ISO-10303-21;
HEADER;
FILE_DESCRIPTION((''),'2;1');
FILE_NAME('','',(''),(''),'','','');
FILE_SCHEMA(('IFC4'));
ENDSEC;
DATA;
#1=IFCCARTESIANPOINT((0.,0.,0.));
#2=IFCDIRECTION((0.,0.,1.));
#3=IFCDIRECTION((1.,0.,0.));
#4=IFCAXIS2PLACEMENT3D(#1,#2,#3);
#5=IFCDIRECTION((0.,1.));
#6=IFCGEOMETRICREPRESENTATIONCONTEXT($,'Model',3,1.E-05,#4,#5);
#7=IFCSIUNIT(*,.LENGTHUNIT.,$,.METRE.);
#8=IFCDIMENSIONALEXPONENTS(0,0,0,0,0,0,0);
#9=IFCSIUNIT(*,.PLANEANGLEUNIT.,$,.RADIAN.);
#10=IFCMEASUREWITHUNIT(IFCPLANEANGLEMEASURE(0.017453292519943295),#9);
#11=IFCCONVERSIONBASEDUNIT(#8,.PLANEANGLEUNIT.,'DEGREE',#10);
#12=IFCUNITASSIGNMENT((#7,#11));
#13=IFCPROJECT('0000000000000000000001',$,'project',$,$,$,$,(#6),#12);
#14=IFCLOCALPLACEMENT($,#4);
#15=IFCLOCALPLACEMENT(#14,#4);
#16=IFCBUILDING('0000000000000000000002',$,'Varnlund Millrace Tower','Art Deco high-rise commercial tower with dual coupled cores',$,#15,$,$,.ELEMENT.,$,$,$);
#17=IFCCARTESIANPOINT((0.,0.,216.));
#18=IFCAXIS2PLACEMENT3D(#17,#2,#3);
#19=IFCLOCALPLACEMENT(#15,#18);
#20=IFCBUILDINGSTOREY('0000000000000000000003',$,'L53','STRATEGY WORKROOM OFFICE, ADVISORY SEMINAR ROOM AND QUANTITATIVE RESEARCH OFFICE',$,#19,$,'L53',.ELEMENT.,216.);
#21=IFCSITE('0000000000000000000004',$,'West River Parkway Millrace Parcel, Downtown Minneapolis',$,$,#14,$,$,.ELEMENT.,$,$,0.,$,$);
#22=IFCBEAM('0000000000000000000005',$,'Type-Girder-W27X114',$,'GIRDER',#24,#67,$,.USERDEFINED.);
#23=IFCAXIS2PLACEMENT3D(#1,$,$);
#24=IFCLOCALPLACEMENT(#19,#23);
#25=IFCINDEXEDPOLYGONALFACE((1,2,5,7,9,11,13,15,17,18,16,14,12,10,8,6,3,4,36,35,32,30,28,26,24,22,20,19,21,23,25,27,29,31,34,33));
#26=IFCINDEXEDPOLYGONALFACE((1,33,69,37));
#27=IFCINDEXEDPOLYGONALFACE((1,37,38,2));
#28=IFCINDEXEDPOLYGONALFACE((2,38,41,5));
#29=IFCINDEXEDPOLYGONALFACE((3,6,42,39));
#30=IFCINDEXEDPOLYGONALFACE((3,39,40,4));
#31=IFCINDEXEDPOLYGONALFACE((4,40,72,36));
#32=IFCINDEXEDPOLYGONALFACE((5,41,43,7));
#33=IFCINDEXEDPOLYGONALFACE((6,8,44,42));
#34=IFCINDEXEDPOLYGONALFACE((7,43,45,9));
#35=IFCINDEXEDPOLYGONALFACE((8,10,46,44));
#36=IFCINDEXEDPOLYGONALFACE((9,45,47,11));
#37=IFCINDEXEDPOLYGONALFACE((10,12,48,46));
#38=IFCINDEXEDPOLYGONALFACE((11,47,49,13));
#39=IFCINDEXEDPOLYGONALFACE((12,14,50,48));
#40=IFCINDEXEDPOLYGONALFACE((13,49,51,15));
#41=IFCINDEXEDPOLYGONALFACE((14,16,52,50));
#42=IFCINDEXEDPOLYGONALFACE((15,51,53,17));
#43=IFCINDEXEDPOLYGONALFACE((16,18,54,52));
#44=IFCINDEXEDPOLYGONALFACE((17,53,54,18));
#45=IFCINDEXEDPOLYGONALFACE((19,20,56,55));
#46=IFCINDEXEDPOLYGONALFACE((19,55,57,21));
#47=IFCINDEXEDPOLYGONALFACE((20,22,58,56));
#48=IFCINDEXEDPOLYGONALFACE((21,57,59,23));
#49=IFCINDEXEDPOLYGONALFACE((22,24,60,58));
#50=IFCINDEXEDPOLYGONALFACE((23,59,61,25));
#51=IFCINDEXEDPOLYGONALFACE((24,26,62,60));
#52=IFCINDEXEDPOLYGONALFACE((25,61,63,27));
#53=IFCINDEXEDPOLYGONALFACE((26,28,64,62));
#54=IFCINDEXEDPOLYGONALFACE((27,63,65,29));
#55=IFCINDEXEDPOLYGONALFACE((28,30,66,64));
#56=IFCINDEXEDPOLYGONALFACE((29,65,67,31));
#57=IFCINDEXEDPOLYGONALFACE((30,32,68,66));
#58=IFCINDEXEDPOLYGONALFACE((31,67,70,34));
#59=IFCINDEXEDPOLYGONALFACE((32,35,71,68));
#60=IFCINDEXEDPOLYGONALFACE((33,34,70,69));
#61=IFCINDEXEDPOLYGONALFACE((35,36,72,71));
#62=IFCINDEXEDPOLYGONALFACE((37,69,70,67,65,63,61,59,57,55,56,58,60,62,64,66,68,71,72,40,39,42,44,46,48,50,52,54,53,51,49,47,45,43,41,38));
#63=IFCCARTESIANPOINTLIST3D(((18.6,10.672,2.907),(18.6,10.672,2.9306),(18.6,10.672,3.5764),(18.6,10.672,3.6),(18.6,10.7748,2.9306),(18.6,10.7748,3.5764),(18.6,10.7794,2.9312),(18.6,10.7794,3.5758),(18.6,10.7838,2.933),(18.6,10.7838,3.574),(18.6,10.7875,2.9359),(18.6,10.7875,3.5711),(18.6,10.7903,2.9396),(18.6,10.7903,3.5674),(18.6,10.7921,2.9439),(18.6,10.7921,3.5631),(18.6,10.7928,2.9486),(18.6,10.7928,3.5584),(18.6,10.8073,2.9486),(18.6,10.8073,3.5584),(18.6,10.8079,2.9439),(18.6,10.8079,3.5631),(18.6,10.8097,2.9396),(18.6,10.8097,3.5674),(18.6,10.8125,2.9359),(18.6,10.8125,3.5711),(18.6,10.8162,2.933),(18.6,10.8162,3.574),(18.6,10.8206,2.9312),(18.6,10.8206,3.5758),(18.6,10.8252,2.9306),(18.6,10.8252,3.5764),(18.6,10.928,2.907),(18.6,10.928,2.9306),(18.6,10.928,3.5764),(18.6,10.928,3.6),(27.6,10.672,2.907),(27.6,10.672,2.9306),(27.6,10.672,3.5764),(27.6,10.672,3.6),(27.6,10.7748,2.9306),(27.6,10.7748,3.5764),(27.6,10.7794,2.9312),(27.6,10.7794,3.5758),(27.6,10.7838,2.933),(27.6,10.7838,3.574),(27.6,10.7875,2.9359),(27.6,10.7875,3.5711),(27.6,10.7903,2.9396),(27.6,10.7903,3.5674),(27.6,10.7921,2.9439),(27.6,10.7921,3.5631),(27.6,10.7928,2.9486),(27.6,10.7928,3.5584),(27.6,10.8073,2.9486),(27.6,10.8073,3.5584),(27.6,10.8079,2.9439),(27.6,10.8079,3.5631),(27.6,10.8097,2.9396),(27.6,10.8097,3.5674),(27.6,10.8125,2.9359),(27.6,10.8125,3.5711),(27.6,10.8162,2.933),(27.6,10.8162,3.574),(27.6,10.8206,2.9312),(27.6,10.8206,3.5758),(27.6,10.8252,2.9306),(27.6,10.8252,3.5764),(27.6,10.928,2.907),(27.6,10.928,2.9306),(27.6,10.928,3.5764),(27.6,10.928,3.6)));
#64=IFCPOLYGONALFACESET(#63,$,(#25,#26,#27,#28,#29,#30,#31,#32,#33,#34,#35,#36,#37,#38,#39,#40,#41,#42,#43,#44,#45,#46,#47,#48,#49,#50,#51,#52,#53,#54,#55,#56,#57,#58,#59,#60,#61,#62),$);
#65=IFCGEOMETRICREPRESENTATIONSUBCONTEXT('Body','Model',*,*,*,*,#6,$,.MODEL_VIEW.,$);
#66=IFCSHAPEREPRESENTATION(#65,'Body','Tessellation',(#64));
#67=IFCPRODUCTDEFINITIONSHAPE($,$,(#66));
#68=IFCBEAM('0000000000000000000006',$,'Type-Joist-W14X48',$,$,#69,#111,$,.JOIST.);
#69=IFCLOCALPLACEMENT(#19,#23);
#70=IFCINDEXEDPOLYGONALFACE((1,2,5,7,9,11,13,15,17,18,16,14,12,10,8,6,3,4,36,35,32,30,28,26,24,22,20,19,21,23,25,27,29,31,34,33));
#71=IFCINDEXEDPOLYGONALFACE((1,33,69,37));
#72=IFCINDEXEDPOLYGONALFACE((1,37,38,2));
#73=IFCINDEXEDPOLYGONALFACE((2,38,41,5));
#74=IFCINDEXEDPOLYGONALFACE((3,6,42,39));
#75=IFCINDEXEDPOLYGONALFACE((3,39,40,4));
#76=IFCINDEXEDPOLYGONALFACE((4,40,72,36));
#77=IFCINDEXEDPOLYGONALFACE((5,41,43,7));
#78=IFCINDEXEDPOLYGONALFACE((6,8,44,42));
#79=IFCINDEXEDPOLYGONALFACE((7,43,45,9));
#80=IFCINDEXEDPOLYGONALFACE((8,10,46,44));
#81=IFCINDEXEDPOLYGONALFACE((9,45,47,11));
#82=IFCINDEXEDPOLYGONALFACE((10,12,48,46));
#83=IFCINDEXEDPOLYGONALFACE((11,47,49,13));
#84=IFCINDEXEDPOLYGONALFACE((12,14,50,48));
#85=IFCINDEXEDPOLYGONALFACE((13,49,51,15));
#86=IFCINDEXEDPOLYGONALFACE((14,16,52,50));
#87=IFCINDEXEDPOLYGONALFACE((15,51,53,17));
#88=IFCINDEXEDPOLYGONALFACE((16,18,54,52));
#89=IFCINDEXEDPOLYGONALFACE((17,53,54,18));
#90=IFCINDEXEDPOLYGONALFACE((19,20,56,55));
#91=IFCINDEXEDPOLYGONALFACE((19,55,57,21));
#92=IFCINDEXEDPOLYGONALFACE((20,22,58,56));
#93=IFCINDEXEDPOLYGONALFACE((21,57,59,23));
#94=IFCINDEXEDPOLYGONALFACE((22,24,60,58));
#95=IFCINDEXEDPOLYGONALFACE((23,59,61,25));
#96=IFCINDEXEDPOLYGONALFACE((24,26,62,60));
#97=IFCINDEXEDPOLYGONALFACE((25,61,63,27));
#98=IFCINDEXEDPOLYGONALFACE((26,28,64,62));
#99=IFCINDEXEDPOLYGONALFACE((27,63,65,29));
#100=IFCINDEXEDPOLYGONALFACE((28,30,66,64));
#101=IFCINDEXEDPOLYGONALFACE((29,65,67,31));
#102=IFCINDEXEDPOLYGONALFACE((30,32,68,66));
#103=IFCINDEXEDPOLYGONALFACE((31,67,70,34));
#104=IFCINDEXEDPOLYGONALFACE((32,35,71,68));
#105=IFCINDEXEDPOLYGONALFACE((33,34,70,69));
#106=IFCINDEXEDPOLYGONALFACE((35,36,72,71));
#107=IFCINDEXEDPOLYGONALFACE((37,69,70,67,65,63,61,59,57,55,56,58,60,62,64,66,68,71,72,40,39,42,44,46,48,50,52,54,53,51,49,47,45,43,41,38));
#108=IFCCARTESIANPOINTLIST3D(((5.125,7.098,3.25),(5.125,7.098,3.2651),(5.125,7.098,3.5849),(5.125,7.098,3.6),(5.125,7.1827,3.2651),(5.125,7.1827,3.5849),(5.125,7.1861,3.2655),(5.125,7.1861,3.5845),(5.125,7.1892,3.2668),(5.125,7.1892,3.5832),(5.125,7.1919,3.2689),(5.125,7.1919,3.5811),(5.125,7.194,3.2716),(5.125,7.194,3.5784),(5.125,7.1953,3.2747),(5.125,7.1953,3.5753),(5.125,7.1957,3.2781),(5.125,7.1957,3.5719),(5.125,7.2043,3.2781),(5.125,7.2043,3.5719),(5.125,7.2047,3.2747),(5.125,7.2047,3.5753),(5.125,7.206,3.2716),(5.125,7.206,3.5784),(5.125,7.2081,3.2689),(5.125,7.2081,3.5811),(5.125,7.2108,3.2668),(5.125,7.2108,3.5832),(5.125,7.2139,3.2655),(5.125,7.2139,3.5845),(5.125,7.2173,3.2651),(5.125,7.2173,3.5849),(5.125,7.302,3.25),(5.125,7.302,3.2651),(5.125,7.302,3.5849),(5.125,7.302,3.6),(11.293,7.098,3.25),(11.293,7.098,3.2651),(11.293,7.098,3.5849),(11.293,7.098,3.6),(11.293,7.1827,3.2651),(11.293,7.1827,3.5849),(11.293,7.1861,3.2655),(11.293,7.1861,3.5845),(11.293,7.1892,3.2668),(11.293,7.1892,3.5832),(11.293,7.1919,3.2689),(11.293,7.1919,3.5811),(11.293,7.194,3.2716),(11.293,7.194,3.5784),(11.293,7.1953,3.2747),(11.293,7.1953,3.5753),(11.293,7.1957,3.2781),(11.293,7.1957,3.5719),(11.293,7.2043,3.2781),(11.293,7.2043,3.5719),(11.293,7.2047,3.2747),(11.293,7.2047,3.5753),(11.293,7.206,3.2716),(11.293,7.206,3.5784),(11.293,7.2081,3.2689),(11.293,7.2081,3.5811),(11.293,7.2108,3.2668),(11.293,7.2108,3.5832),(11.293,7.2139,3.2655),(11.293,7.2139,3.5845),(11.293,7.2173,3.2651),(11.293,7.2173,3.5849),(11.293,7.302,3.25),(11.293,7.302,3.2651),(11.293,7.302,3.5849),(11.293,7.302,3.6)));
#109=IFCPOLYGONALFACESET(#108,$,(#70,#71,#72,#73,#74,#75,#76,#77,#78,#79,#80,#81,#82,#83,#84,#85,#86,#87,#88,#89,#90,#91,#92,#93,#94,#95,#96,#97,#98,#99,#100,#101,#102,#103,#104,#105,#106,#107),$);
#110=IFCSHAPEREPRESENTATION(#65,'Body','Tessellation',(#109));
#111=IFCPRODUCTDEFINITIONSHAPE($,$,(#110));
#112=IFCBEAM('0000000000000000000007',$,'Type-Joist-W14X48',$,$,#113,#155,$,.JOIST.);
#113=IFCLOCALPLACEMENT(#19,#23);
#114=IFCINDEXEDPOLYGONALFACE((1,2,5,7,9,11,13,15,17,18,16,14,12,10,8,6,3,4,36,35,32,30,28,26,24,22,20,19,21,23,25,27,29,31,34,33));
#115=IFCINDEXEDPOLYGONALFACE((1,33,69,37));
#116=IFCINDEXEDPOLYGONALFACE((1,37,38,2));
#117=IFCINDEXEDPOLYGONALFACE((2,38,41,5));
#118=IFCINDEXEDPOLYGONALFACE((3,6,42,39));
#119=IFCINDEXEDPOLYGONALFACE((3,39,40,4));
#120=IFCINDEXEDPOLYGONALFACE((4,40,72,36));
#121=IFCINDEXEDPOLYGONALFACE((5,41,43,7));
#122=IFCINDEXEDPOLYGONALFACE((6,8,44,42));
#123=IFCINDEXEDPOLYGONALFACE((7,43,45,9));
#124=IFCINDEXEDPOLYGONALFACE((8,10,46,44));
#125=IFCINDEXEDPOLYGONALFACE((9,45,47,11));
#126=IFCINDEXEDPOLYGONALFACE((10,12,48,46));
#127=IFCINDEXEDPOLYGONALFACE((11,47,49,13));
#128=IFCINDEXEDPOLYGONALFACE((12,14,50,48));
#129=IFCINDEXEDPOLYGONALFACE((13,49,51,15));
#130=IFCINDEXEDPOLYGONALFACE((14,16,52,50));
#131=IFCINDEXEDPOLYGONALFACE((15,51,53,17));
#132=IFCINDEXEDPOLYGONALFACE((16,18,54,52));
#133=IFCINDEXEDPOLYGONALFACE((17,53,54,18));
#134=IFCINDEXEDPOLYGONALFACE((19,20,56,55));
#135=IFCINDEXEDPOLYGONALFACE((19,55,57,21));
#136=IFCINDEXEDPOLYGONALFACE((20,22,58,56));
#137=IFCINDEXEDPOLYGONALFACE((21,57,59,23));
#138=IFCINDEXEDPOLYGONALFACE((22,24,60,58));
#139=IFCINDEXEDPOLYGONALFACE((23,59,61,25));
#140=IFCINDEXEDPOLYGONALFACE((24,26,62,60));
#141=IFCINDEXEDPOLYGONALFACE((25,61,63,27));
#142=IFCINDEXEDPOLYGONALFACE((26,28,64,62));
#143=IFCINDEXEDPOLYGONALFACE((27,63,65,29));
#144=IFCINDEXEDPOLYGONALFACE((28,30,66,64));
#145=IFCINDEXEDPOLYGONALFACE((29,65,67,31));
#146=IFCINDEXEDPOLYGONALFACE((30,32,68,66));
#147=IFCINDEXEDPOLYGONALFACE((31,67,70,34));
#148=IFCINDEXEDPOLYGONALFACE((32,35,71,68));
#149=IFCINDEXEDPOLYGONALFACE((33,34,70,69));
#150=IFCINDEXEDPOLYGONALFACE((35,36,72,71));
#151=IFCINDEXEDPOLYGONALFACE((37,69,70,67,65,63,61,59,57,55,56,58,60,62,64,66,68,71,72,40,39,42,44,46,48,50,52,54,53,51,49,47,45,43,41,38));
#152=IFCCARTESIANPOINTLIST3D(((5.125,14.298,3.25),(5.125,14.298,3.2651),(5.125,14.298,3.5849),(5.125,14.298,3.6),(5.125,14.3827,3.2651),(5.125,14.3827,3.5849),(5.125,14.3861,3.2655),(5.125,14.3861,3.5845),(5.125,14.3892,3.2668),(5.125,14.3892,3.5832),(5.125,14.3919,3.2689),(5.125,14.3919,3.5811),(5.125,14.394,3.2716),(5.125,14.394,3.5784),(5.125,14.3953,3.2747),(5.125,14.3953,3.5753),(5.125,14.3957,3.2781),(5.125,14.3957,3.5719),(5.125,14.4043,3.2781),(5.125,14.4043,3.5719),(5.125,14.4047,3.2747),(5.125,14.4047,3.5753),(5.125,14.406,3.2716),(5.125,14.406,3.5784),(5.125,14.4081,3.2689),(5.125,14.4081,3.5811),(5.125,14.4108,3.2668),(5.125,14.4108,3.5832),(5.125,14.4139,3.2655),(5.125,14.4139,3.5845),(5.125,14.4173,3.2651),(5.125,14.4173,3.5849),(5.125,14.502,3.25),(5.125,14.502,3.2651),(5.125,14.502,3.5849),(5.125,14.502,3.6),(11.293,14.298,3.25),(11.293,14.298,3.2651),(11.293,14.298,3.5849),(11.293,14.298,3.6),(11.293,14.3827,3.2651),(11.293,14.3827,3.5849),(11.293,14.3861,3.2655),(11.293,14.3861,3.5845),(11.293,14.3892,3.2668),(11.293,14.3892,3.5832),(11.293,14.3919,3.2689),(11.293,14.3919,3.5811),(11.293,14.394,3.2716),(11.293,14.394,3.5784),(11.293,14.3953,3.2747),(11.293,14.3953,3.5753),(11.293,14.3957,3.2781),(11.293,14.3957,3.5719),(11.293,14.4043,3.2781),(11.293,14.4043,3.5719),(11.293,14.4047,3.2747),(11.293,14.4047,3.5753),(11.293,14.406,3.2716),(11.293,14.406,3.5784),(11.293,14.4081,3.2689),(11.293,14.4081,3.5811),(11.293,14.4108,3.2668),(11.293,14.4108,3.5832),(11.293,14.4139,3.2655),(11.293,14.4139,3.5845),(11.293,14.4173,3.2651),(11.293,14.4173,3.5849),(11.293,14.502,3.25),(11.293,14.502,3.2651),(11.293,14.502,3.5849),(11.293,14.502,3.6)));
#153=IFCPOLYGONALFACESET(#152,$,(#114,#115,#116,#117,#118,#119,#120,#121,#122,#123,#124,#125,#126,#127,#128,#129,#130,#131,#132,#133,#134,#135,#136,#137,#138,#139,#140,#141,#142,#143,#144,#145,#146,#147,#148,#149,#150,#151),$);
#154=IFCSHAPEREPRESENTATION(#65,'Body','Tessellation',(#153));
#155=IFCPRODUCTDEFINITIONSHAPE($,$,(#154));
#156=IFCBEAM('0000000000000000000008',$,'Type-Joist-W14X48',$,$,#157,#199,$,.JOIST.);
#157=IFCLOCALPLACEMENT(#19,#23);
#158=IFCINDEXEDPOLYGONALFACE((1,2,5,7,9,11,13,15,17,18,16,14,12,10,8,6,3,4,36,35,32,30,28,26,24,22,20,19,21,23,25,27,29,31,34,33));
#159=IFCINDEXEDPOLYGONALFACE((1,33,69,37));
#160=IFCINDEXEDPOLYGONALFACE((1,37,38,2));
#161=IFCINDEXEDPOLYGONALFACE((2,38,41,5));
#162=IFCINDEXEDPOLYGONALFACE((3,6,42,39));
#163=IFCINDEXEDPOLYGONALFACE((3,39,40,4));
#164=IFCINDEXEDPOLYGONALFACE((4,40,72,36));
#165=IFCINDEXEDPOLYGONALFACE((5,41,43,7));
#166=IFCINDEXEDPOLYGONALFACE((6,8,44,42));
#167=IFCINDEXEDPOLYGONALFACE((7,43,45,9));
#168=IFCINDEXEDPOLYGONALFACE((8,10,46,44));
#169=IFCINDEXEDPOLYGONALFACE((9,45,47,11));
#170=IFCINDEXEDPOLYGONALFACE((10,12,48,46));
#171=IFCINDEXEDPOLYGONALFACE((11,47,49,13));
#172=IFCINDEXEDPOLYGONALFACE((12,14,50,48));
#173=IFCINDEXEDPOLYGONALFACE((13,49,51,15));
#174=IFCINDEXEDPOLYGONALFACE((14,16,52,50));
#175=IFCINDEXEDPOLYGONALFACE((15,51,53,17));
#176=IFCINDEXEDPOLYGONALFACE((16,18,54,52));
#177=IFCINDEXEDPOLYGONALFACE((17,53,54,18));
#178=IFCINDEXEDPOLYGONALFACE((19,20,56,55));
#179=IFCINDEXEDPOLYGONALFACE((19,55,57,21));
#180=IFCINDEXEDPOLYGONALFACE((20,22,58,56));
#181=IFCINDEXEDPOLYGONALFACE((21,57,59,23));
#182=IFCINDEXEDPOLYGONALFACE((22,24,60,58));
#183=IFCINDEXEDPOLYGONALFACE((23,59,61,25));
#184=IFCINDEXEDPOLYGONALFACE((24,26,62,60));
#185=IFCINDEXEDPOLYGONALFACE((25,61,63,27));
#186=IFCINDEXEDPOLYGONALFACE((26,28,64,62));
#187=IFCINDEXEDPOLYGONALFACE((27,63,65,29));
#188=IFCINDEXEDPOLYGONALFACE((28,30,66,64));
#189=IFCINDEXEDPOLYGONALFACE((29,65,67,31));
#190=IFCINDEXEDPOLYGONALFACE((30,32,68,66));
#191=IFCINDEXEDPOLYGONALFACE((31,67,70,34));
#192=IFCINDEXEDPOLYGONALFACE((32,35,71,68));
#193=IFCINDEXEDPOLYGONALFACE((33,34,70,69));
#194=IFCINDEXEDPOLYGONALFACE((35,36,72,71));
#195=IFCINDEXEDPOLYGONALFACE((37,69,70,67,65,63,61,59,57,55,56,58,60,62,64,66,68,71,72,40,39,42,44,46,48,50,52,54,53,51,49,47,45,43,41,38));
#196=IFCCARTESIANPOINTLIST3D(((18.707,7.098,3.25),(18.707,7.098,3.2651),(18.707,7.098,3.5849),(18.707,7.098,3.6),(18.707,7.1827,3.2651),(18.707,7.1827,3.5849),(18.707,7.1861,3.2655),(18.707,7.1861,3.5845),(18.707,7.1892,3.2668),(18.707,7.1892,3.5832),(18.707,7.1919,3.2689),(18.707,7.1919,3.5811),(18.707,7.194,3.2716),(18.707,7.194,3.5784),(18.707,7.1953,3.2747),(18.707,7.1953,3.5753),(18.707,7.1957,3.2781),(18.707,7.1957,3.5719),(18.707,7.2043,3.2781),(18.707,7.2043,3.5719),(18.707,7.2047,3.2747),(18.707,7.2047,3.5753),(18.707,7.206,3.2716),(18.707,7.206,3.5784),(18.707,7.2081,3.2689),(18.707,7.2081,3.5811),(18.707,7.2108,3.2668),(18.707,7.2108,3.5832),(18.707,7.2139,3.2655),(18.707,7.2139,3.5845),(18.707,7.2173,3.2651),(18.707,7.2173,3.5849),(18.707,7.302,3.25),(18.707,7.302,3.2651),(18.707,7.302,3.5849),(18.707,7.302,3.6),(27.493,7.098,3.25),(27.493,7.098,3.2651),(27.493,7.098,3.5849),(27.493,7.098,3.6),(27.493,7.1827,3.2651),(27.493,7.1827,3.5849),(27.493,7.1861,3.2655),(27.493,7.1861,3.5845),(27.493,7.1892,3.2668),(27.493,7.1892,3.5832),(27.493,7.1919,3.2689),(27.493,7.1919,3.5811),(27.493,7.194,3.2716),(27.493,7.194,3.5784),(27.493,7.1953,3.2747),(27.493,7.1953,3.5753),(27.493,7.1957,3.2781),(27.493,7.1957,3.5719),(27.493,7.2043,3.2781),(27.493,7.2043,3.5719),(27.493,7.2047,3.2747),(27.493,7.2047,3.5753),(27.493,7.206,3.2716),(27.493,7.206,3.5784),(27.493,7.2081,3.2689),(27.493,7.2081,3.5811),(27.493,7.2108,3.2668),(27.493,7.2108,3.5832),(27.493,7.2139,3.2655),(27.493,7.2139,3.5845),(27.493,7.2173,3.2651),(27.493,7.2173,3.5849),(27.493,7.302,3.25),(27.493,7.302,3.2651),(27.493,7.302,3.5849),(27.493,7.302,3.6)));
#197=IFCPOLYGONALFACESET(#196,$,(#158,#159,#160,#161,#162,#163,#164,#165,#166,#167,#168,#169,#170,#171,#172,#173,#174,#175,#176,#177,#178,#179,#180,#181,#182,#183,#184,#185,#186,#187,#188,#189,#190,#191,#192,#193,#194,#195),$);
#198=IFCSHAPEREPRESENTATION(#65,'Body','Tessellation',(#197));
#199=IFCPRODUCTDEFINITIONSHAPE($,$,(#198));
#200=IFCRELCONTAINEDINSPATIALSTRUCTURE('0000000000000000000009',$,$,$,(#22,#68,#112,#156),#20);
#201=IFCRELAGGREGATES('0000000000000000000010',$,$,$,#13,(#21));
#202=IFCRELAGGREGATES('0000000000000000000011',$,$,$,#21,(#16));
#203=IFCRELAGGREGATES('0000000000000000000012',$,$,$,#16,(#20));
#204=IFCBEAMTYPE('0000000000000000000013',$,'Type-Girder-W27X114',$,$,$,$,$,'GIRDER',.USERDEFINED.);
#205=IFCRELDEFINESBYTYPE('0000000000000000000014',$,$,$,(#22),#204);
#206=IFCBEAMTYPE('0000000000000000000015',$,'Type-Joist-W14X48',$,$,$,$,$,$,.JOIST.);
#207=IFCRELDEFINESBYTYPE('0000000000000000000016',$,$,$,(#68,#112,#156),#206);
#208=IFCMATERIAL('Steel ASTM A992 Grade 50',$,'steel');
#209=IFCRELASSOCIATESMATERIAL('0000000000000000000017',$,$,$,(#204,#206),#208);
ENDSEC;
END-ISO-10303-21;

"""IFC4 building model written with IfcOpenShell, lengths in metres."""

from ifc_helpers import new_model, entity, si_unit, converted_unit, direction, frame, origin_with_axes, origin_2d_with_axis, place, context, subcontext, project, spatial, i_section, extrude, material, material_profile, profile_set, type_object, element, save


model = new_model("IFC4")

# Units and contexts
model_context = context("Model", 3, precision=1e-05, world=origin_with_axes(), true_north=direction((0.0, 1.0)))
body_context = subcontext(model_context, "Body", "Model", "MODEL_VIEW")
ifc_project = project(units=[si_unit("LENGTHUNIT", "METRE"), converted_unit("PLANEANGLEUNIT", "DEGREE", entity("IfcPlaneAngleMeasure", 0.017453292519943295), si_unit("PLANEANGLEUNIT", "RADIAN"), dimensions=[0, 0, 0, 0, 0, 0, 0])], contexts=[model_context])

# Site, building, storey
site_placement = place(None, origin_with_axes())
site = spatial("IfcSite", under=ifc_project, at=site_placement, Name="West River Parkway Millrace Parcel, Downtown Minneapolis", CompositionType="ELEMENT", RefElevation=0.0)
building_placement = place(site_placement, origin_with_axes())
building = spatial("IfcBuilding", under=site, at=building_placement, Name="Varnlund Millrace Tower", Description="Art Deco high-rise commercial tower with dual coupled cores", CompositionType="ELEMENT")
storey_placement = place(building_placement, frame((0.0, 0.0, 216.0), z_axis=(0.0, 0.0, 1.0), x_axis=(1.0, 0.0, 0.0)))
storey = spatial("IfcBuildingStorey", under=building, at=storey_placement, Name="L53", Description="STRATEGY WORKROOM OFFICE, ADVISORY SEMINAR ROOM AND QUANTITATIVE RESEARCH OFFICE", LongName="L53", CompositionType="ELEMENT", Elevation=216.0)

# Beams
ifc_material_1 = material(Name="Steel ASTM A992 Grade 50", Category="steel")
ifc_material_profile_1 = material_profile(ifc_material_1, i_section(OverallWidth=0.256, OverallDepth=0.693, WebThickness=0.0145, FlangeThickness=0.0236, FilletRadius=0.018, at=origin_2d_with_axis()), Name="Steel ASTM A992 Grade 50")
ifc_profile_set_1 = profile_set([ifc_material_profile_1], Name="Steel ASTM A992 Grade 50")
beam_type_1 = type_object("IfcBeamType", Name="Type-Girder-W27X114", ElementType="GIRDER", PredefinedType="USERDEFINED", material=ifc_profile_set_1)
beam_1_placement = place(storey_placement, frame((18.6, 10.8, 3.2535), z_axis=(1.0, 0.0, 0.0), x_axis=(0.0, 1.0, 0.0)))
element("IfcBeam", 1, at=beam_1_placement, inside=storey, type_object=beam_type_1, Name="Type-Girder-W27X114", ObjectType="GIRDER", PredefinedType="USERDEFINED", context=body_context, shape_type="SweptSolid", body=[
    extrude(i_section(OverallWidth=0.256, OverallDepth=0.693, WebThickness=0.0145, FlangeThickness=0.0236, FilletRadius=0.018, at=origin_2d_with_axis()), origin_with_axes(), (0.0, 0.0, 1.0), 9.0),
])
ifc_material_profile_2 = material_profile(ifc_material_1, i_section(OverallWidth=0.204, OverallDepth=0.35, WebThickness=0.0086, FlangeThickness=0.0151, FilletRadius=0.013, at=origin_2d_with_axis()), Name="Steel ASTM A992 Grade 50")
ifc_profile_set_2 = profile_set([ifc_material_profile_2], Name="Steel ASTM A992 Grade 50")
beam_type_2 = type_object("IfcBeamType", Name="Type-Joist-W14X48", PredefinedType="JOIST", material=ifc_profile_set_2)
for number, where, z_axis, x_axis, name in (
    (2, (5.125, 7.2, 3.425), (1.0, 0.0, 0.0), (0.0, 1.0, 0.0), "Type-Joist-W14X48"),
    (3, (5.125, 14.4, 3.425), (1.0, 0.0, 0.0), (0.0, 1.0, 0.0), "Type-Joist-W14X48"),
):
    element("IfcBeam", number, at=place(storey_placement, frame(where, z_axis=z_axis, x_axis=x_axis)), inside=storey, type_object=beam_type_2, Name=name, PredefinedType="JOIST", context=body_context, shape_type="SweptSolid", body=[
        extrude(i_section(OverallWidth=0.204, OverallDepth=0.35, WebThickness=0.0086, FlangeThickness=0.0151, FilletRadius=0.013, at=origin_2d_with_axis()), origin_with_axes(), (0.0, 0.0, 1.0), 6.168),
    ])
for number, where, z_axis, x_axis, name in (
    (4, (18.707, 7.2, 3.425), (1.0, 0.0, 0.0), (0.0, 1.0, 0.0), "Type-Joist-W14X48"),
):
    element("IfcBeam", number, at=place(storey_placement, frame(where, z_axis=z_axis, x_axis=x_axis)), inside=storey, type_object=beam_type_2, Name=name, PredefinedType="JOIST", context=body_context, shape_type="SweptSolid", body=[
        extrude(i_section(OverallWidth=0.204, OverallDepth=0.35, WebThickness=0.0086, FlangeThickness=0.0151, FilletRadius=0.013, at=origin_2d_with_axis()), origin_with_axes(), (0.0, 0.0, 1.0), 8.786),
    ])

save(model, "model.ifc")
